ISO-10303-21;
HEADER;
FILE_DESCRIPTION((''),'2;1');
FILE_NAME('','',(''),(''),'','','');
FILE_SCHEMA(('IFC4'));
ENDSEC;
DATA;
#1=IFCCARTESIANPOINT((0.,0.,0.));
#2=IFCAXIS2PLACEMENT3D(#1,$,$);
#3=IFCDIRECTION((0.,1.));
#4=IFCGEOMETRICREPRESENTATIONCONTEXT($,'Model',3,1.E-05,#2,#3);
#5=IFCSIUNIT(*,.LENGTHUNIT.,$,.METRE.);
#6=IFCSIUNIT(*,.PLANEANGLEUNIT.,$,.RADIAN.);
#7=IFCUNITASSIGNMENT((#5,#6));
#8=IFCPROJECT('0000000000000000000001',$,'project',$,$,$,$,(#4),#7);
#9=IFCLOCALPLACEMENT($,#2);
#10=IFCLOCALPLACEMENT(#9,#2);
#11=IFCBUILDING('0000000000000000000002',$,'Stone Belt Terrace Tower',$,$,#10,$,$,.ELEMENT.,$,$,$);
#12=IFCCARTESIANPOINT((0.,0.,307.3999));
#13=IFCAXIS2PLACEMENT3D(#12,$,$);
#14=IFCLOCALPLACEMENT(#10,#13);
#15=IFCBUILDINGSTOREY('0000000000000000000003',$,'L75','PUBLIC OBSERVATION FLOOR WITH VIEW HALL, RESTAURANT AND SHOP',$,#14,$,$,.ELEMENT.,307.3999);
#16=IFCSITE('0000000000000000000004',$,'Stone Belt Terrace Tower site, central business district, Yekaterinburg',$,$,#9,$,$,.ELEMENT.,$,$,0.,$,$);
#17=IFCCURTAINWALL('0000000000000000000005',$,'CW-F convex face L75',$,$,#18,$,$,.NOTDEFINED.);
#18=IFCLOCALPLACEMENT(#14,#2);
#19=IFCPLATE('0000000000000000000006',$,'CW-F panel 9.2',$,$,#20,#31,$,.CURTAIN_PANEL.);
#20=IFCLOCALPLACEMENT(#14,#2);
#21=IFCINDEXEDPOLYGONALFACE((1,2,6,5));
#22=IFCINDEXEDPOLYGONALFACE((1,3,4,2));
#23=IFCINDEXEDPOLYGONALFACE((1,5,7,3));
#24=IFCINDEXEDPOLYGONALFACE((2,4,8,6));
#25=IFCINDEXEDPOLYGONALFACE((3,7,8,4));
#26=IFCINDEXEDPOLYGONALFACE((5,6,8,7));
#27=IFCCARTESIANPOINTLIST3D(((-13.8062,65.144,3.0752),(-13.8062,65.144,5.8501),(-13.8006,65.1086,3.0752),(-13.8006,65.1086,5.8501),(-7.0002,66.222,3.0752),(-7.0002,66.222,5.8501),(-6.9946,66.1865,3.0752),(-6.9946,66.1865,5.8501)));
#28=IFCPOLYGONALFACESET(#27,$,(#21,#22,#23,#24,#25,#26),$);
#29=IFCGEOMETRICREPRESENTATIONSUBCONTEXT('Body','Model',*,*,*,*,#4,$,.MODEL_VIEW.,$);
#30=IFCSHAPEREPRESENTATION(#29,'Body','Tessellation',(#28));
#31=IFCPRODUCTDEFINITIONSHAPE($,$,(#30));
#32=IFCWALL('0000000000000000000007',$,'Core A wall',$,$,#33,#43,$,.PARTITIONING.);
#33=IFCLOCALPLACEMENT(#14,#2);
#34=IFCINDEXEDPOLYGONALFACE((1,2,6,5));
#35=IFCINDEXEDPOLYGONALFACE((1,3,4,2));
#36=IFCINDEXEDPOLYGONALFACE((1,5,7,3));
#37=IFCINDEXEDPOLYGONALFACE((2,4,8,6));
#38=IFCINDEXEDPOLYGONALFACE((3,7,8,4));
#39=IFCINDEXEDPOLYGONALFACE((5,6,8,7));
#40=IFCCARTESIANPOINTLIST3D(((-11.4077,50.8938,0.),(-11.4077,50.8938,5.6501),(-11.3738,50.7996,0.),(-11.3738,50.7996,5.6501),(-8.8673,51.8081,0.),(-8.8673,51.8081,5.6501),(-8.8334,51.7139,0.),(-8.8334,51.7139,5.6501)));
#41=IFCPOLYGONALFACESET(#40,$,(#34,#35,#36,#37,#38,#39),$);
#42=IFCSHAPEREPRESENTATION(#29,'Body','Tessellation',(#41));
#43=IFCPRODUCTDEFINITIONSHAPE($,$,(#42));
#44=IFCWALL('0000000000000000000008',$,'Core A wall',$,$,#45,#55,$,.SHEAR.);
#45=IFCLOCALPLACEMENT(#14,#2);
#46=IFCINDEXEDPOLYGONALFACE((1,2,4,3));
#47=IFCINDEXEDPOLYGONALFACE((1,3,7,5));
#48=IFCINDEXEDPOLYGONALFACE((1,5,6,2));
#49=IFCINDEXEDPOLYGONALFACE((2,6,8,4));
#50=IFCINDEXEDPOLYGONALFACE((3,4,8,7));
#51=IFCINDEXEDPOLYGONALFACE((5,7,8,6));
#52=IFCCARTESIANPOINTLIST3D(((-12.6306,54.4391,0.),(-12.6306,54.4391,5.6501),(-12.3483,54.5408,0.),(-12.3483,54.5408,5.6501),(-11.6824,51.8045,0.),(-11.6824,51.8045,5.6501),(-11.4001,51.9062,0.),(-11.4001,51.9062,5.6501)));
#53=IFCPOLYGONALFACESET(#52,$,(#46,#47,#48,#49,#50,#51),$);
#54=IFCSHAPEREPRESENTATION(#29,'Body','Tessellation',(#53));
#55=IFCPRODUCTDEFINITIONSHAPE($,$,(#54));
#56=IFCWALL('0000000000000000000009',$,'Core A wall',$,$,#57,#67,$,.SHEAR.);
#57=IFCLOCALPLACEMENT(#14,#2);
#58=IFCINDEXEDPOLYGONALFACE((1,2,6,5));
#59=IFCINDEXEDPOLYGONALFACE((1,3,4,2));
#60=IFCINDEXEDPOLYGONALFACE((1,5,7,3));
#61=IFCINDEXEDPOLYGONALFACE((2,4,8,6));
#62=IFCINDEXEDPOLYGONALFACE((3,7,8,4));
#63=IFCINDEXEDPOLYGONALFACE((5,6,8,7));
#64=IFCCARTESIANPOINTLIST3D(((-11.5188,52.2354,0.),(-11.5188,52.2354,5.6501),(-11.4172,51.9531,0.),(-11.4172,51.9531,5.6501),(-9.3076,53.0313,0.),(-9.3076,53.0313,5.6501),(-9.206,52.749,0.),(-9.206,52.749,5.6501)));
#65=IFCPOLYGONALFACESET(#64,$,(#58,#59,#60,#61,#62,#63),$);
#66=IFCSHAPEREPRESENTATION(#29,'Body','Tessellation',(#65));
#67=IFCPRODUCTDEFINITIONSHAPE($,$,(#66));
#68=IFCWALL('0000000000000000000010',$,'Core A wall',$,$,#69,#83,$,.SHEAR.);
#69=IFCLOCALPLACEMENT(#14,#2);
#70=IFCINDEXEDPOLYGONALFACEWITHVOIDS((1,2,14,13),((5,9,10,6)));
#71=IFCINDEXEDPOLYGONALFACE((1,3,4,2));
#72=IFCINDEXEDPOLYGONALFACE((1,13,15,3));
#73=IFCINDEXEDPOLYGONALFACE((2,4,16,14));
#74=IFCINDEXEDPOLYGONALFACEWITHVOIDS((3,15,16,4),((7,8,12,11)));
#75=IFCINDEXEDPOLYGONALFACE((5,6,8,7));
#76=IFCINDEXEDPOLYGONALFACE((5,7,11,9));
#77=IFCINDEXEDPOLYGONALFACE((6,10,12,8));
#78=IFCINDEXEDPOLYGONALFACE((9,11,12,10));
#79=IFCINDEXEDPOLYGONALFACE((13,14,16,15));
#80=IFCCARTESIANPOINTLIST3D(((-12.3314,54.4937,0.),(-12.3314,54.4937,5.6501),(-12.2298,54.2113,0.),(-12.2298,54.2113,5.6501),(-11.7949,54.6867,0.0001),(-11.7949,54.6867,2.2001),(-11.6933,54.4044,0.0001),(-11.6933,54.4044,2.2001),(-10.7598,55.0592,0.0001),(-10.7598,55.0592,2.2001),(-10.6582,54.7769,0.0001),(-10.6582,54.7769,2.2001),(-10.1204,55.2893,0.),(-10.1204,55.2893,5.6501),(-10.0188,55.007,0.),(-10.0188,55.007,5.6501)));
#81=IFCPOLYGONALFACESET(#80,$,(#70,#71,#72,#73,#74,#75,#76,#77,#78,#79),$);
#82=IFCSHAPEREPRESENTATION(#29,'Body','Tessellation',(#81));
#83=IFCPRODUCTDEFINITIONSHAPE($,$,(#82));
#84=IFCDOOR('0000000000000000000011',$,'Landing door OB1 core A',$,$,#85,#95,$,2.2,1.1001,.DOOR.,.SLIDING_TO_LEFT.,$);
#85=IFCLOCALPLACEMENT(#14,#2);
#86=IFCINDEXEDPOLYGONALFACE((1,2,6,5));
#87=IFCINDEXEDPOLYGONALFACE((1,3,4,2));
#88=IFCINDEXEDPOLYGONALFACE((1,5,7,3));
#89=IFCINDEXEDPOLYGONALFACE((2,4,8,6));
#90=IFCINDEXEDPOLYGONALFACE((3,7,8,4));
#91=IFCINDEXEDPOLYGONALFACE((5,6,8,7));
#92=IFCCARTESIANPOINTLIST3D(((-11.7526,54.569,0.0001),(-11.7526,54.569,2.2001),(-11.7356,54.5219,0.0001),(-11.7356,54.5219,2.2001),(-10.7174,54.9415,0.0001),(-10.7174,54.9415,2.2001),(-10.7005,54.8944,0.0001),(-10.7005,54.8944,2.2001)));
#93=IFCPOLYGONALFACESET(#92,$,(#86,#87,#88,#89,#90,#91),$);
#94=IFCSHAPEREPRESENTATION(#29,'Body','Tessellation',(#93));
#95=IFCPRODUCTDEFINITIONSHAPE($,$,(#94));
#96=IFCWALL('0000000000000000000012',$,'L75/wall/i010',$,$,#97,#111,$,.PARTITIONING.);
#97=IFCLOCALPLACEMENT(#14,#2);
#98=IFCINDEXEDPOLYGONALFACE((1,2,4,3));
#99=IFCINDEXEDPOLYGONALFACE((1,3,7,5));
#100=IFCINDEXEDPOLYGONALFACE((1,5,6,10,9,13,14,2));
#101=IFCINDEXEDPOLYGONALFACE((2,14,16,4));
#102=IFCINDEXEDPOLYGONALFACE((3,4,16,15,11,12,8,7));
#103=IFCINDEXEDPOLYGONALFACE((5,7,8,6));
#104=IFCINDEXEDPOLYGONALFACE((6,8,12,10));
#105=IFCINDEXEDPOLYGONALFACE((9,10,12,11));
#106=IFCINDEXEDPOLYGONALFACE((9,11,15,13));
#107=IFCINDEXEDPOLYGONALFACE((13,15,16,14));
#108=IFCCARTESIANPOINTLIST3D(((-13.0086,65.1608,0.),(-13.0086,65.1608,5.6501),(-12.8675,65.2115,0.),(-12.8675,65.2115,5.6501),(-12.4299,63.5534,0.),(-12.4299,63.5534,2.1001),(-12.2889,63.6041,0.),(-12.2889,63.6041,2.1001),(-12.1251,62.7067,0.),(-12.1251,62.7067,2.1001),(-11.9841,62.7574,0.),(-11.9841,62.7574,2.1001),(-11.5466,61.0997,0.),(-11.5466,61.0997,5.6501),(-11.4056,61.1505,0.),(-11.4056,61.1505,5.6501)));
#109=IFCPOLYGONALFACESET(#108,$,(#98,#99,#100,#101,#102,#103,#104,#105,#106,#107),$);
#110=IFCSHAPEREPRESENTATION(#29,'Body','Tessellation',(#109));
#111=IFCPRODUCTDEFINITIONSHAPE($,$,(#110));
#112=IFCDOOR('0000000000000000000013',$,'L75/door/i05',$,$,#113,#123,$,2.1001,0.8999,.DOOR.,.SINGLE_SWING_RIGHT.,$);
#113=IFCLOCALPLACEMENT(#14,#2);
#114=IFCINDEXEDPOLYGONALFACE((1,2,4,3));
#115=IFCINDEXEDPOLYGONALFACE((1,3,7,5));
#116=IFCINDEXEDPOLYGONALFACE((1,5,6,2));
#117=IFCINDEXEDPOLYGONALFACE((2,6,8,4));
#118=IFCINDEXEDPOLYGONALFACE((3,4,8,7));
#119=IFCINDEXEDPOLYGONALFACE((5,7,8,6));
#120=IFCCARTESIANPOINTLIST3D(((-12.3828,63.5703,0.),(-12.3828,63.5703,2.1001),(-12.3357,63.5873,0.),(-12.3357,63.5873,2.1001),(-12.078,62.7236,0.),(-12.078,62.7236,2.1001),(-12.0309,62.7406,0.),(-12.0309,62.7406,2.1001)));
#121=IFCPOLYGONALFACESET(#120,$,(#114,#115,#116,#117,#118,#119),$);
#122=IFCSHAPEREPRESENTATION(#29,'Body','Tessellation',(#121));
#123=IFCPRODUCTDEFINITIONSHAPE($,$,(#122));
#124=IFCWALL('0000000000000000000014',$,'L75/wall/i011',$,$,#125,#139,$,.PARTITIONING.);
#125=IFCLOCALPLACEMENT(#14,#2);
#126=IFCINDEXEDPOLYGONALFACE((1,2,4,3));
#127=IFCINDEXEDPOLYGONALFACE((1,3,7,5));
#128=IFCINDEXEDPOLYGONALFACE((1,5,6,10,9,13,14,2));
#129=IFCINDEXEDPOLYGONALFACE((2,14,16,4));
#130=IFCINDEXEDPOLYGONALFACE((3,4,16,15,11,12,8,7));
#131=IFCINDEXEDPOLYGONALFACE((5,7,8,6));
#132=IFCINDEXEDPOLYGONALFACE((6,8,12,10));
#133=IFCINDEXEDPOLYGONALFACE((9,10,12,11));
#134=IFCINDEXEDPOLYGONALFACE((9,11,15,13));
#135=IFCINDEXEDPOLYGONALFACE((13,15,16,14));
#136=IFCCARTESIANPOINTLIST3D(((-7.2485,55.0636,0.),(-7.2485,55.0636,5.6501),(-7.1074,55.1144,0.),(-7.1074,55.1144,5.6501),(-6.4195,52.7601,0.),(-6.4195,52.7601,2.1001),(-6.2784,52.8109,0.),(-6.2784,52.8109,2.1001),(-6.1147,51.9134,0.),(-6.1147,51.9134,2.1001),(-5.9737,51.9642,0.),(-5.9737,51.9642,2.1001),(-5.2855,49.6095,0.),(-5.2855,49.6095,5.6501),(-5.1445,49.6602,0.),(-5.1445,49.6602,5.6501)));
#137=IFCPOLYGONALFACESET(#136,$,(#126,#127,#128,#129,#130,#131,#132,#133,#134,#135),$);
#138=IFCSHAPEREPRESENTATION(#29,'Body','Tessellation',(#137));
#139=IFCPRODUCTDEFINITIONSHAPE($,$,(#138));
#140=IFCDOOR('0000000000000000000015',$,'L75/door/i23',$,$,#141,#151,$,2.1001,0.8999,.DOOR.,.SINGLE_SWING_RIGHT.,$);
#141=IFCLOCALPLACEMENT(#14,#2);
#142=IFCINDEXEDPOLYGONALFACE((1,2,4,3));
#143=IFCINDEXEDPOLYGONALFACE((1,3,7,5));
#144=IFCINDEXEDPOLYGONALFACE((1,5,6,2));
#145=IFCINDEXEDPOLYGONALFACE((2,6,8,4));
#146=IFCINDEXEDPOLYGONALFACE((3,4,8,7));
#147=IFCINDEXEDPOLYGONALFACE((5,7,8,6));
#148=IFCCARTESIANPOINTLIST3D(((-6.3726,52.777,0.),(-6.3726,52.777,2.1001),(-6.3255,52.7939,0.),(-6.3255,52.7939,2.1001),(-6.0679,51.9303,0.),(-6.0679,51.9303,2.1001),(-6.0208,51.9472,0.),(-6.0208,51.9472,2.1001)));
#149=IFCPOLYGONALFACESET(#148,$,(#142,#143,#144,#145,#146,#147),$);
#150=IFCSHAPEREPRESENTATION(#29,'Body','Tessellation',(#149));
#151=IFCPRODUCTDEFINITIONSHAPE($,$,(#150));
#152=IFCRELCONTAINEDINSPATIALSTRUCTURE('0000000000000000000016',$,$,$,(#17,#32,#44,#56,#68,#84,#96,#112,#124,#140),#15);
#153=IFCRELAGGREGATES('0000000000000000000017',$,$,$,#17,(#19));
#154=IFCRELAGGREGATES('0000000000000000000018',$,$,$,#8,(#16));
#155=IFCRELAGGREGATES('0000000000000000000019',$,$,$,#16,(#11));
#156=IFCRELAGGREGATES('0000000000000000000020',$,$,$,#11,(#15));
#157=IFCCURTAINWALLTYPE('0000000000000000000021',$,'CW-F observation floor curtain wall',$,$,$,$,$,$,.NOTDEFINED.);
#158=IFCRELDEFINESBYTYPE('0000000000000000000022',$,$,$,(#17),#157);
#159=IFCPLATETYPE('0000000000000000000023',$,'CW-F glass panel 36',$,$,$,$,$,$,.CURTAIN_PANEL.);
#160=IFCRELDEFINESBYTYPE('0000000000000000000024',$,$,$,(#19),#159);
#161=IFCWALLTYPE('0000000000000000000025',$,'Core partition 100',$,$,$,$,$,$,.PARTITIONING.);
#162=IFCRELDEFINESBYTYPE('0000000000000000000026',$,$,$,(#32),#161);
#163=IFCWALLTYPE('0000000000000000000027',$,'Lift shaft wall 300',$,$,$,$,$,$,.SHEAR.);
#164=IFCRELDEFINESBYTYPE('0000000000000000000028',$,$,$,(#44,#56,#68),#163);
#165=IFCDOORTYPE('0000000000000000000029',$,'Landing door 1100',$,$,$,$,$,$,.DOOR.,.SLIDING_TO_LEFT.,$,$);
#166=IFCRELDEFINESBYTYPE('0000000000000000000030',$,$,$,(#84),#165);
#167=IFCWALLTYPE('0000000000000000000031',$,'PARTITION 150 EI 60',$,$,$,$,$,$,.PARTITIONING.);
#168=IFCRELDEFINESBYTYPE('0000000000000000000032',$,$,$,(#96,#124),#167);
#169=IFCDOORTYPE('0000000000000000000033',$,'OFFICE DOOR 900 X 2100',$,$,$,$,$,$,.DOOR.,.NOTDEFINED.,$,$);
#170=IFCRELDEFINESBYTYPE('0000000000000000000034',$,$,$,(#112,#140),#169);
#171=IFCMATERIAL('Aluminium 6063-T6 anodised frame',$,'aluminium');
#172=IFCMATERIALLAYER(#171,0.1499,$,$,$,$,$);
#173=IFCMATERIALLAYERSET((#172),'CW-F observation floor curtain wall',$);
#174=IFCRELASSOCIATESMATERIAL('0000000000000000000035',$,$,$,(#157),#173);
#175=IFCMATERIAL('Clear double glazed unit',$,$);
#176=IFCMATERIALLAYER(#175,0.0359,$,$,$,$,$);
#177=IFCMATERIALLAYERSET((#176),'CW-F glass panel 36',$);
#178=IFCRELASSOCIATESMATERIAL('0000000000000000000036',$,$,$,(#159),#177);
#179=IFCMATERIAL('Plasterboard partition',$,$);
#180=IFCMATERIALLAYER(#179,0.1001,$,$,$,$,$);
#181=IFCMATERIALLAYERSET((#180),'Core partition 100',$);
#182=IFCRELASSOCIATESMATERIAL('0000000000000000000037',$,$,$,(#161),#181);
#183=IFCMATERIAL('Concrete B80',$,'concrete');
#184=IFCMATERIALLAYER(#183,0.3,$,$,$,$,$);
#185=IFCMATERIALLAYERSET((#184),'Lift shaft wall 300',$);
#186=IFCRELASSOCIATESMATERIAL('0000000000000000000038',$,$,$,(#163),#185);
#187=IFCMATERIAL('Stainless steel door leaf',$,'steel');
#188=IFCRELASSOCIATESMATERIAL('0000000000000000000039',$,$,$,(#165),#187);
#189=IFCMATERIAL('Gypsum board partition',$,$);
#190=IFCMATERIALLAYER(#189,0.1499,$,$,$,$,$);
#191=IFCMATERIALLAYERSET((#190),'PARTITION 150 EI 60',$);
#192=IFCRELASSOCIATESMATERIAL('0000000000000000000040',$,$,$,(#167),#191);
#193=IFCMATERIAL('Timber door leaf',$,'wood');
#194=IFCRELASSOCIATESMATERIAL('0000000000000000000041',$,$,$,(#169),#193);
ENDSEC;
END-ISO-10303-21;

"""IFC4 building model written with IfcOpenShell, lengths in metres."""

from ifc_helpers import new_model, si_unit, direction, frame, frame_2d, origin, origin_2d, place, context, subcontext, project, spatial, rectangle, extrude, material, layer, layer_set, type_object, element, fill, aggregate, save


model = new_model("IFC4")

# Units and contexts
model_context = context("Model", 3, precision=1e-05, world=origin(), true_north=direction((0.0, 1.0)))
body_context = subcontext(model_context, "Body", "Model", "MODEL_VIEW")
ifc_project = project(units=[si_unit("LENGTHUNIT", "METRE"), si_unit("PLANEANGLEUNIT", "RADIAN")], contexts=[model_context])

# Site, building, storey
site_placement = place(None, origin())
site = spatial("IfcSite", under=ifc_project, at=site_placement, Name="Stone Belt Terrace Tower site, central business district, Yekaterinburg", CompositionType="ELEMENT", RefElevation=0.0)
building_placement = place(site_placement, origin())
building = spatial("IfcBuilding", under=site, at=building_placement, Name="Stone Belt Terrace Tower", CompositionType="ELEMENT")
storey_placement = place(building_placement, frame((0.0, 0.0, 307.3999)))
storey = spatial("IfcBuildingStorey", under=building, at=storey_placement, Name="L75", Description="PUBLIC OBSERVATION FLOOR WITH VIEW HALL, RESTAURANT AND SHOP", CompositionType="ELEMENT", Elevation=307.3999)

# Curtain wall, plate
ifc_material_1 = material(Name="Aluminium 6063-T6 anodised frame", Category="aluminium")
ifc_layer_1 = layer(ifc_material_1, 0.1499)
ifc_layer_set_1 = layer_set([ifc_layer_1], Name="CW-F observation floor curtain wall")
curtain_wall_type = type_object("IfcCurtainWallType", Name="CW-F observation floor curtain wall", PredefinedType="NOTDEFINED", material=ifc_layer_set_1)
curtain_wall_placement = place(storey_placement, origin())
curtain_wall = element("IfcCurtainWall", 1, at=curtain_wall_placement, inside=storey, type_object=curtain_wall_type, Name="CW-F convex face L75", PredefinedType="NOTDEFINED")
ifc_material_2 = material(Name="Clear double glazed unit")
ifc_layer_2 = layer(ifc_material_2, 0.0359)
ifc_layer_set_2 = layer_set([ifc_layer_2], Name="CW-F glass panel 36")
plate_type = type_object("IfcPlateType", Name="CW-F glass panel 36", PredefinedType="CURTAIN_PANEL", material=ifc_layer_set_2)
plate_1_placement = place(storey_placement, frame((-10.4004, 65.6653, 3.0752), z_axis=(0.0, 0.0, 1.0), x_axis=(-0.987688, -0.156434, 0.0)))
plate_1 = element("IfcPlate", 2, at=plate_1_placement, type_object=plate_type, Name="CW-F panel 9.2", PredefinedType="CURTAIN_PANEL", context=body_context, shape_type="SweptSolid", body=[
    extrude(rectangle(XDim=6.8909, YDim=0.0359, at=origin_2d()), origin(), (0.0, 0.0, 1.0), 2.7749),
])
aggregate(curtain_wall, [plate_1])

# Walls
ifc_material_3 = material(Name="Plasterboard partition")
ifc_layer_3 = layer(ifc_material_3, 0.1001)
ifc_layer_set_3 = layer_set([ifc_layer_3], Name="Core partition 100")
wall_type_1 = type_object("IfcWallType", Name="Core partition 100", PredefinedType="PARTITIONING", material=ifc_layer_set_3)
wall_1_placement = place(storey_placement, frame((-11.3909, 50.8467, 0.0), z_axis=(0.0, 0.0, 1.0), x_axis=(0.940921, 0.338627, 0.0)))
element("IfcWall", 3, at=wall_1_placement, inside=storey, type_object=wall_type_1, Name="Core A wall", PredefinedType="PARTITIONING", context=body_context, shape_type="SweptSolid", body=[
    extrude(rectangle(XDim=2.7, YDim=0.1001, at=frame_2d((1.3501, 0.0))), origin(), (0.0, 0.0, 1.0), 5.6501),
])
ifc_material_4 = material(Name="Concrete B80", Category="concrete")
ifc_layer_4 = layer(ifc_material_4, 0.3)
ifc_layer_set_4 = layer_set([ifc_layer_4], Name="Lift shaft wall 300")
wall_type_2 = type_object("IfcWallType", Name="Lift shaft wall 300", PredefinedType="SHEAR", material=ifc_layer_set_4)
wall_2_placement = place(storey_placement, frame((-11.5413, 51.8555, 0.0), z_axis=(0.0, 0.0, 1.0), x_axis=(-0.338661, 0.940909, 0.0)))
element("IfcWall", 4, at=wall_2_placement, inside=storey, type_object=wall_type_2, Name="Core A wall", PredefinedType="SHEAR", context=body_context, shape_type="SweptSolid", body=[
    extrude(rectangle(XDim=2.8, YDim=0.3, at=frame_2d((1.3999, 0.0))), origin(), (0.0, 0.0, 1.0), 5.6501),
])
wall_3_placement = place(storey_placement, frame((-11.468, 52.0942, 0.0), z_axis=(0.0, 0.0, 1.0), x_axis=(0.940905, 0.338672, 0.0)))
element("IfcWall", 5, at=wall_3_placement, inside=storey, type_object=wall_type_2, Name="Core A wall", PredefinedType="SHEAR", context=body_context, shape_type="SweptSolid", body=[
    extrude(rectangle(XDim=2.3501, YDim=0.3, at=frame_2d((1.175, 0.0))), origin(), (0.0, 0.0, 1.0), 5.6501),
])

# Walls, openings, doors
wall_4_placement = place(storey_placement, frame((-12.2805, 54.3525, 0.0), z_axis=(0.0, 0.0, 1.0), x_axis=(0.940926, 0.338613, 0.0)))
wall_4 = element("IfcWall", 6, at=wall_4_placement, inside=storey, type_object=wall_type_2, Name="Core A wall", PredefinedType="SHEAR", context=body_context, shape_type="SweptSolid", body=[
    extrude(rectangle(XDim=2.3499, YDim=0.3, at=frame_2d((1.1748, 0.0))), origin(), (0.0, 0.0, 1.0), 5.6501),
])
opening_1_placement = place(wall_4_placement, frame((0.5701, 0.0, 0.0)))
opening_1 = element("IfcOpeningElement", 7, at=opening_1_placement, cuts=wall_4, PredefinedType="OPENING", context=body_context, shape_type="SweptSolid", body=[
    extrude(rectangle(XDim=1.1001, YDim=2.2, at=frame_2d((0.55, 1.1001))), frame((0.0, 0.1599, 0.0), z_axis=(0.0, -1.0, 0.0), x_axis=(1.0, 0.0, 0.0)), (0.0, 0.0, 1.0), 0.3201),
])
ifc_material_5 = material(Name="Stainless steel door leaf", Category="steel")
door_type_1 = type_object("IfcDoorType", Name="Landing door 1100", OperationType="SLIDING_TO_LEFT", PredefinedType="DOOR", material=ifc_material_5)
door_1_placement = place(opening_1_placement, origin())
door_1 = element("IfcDoor", 8, at=door_1_placement, inside=storey, type_object=door_type_1, Name="Landing door OB1 core A", OperationType="SLIDING_TO_LEFT", OverallHeight=2.2, OverallWidth=1.1001, PredefinedType="DOOR", context=body_context, shape_type="SweptSolid", body=[
    extrude(rectangle(XDim=1.1001, YDim=2.2, at=frame_2d((0.55, 1.1001))), frame((0.0, 0.0249, 0.0), z_axis=(0.0, -1.0, 0.0), x_axis=(1.0, 0.0, 0.0)), (0.0, 0.0, 1.0), 0.05),
])
fill(opening_1, door_1)
ifc_material_6 = material(Name="Gypsum board partition")
ifc_layer_5 = layer(ifc_material_6, 0.1499)
ifc_layer_set_5 = layer_set([ifc_layer_5], Name="PARTITION 150 EI 60")
wall_type_3 = type_object("IfcWallType", Name="PARTITION 150 EI 60", PredefinedType="PARTITIONING", material=ifc_layer_set_5)
wall_5_placement = place(storey_placement, frame((-11.4761, 61.125, 0.0), z_axis=(0.0, 0.0, 1.0), x_axis=(-0.338707, 0.940892, 0.0)))
wall_5 = element("IfcWall", 9, at=wall_5_placement, inside=storey, type_object=wall_type_3, Name="L75/wall/i010", PredefinedType="PARTITIONING", context=body_context, shape_type="SweptSolid", body=[
    extrude(rectangle(XDim=4.3162, YDim=0.1499, at=frame_2d((2.1582, 0.0))), origin(), (0.0, 0.0, 1.0), 5.6501),
])
opening_2_placement = place(wall_5_placement, frame((1.708, 0.0, 0.0)))
opening_2 = element("IfcOpeningElement", 10, at=opening_2_placement, cuts=wall_5, PredefinedType="OPENING", context=body_context, shape_type="SweptSolid", body=[
    extrude(rectangle(XDim=0.8999, YDim=2.1001, at=frame_2d((0.45, 1.05))), frame((0.0, 0.085, 0.0), z_axis=(0.0, -1.0, 0.0), x_axis=(1.0, 0.0, 0.0)), (0.0, 0.0, 1.0), 0.1699),
])
ifc_material_7 = material(Name="Timber door leaf", Category="wood")
door_type_2 = type_object("IfcDoorType", Name="OFFICE DOOR 900 X 2100", OperationType="NOTDEFINED", PredefinedType="DOOR", material=ifc_material_7)
door_2_placement = place(opening_2_placement, origin())
door_2 = element("IfcDoor", 11, at=door_2_placement, inside=storey, type_object=door_type_2, Name="L75/door/i05", OperationType="SINGLE_SWING_RIGHT", OverallHeight=2.1001, OverallWidth=0.8999, PredefinedType="DOOR", context=body_context, shape_type="SweptSolid", body=[
    extrude(rectangle(XDim=0.8999, YDim=2.1001, at=frame_2d((0.45, 1.05))), frame((0.0, 0.0249, 0.0), z_axis=(0.0, -1.0, 0.0), x_axis=(1.0, 0.0, 0.0)), (0.0, 0.0, 1.0), 0.05),
])
fill(opening_2, door_2)
wall_6_placement = place(storey_placement, frame((-7.178, 55.0891, 0.0), z_axis=(0.0, 0.0, 1.0), x_axis=(0.33863, -0.94092, 0.0)))
wall_6 = element("IfcWall", 12, at=wall_6_placement, inside=storey, type_object=wall_type_3, Name="L75/wall/i011", PredefinedType="PARTITIONING", context=body_context, shape_type="SweptSolid", body=[
    extrude(rectangle(XDim=5.7966, YDim=0.1499, at=frame_2d((2.8984, 0.0))), origin(), (0.0, 0.0, 1.0), 5.6501),
])
opening_3_placement = place(wall_6_placement, frame((2.4482, 0.0, 0.0)))
opening_3 = element("IfcOpeningElement", 13, at=opening_3_placement, cuts=wall_6, PredefinedType="OPENING", context=body_context, shape_type="SweptSolid", body=[
    extrude(rectangle(XDim=0.8999, YDim=2.1001, at=frame_2d((0.45, 1.05))), frame((0.0, 0.085, 0.0), z_axis=(0.0, -1.0, 0.0), x_axis=(1.0, 0.0, 0.0)), (0.0, 0.0, 1.0), 0.1699),
])
door_3_placement = place(opening_3_placement, origin())
door_3 = element("IfcDoor", 14, at=door_3_placement, inside=storey, type_object=door_type_2, Name="L75/door/i23", OperationType="SINGLE_SWING_RIGHT", OverallHeight=2.1001, OverallWidth=0.8999, PredefinedType="DOOR", context=body_context, shape_type="SweptSolid", body=[
    extrude(rectangle(XDim=0.8999, YDim=2.1001, at=frame_2d((0.45, 1.05))), frame((0.0, 0.0249, 0.0), z_axis=(0.0, -1.0, 0.0), x_axis=(1.0, 0.0, 0.0)), (0.0, 0.0, 1.0), 0.05),
])
fill(opening_3, door_3)

save(model, "model.ifc")
